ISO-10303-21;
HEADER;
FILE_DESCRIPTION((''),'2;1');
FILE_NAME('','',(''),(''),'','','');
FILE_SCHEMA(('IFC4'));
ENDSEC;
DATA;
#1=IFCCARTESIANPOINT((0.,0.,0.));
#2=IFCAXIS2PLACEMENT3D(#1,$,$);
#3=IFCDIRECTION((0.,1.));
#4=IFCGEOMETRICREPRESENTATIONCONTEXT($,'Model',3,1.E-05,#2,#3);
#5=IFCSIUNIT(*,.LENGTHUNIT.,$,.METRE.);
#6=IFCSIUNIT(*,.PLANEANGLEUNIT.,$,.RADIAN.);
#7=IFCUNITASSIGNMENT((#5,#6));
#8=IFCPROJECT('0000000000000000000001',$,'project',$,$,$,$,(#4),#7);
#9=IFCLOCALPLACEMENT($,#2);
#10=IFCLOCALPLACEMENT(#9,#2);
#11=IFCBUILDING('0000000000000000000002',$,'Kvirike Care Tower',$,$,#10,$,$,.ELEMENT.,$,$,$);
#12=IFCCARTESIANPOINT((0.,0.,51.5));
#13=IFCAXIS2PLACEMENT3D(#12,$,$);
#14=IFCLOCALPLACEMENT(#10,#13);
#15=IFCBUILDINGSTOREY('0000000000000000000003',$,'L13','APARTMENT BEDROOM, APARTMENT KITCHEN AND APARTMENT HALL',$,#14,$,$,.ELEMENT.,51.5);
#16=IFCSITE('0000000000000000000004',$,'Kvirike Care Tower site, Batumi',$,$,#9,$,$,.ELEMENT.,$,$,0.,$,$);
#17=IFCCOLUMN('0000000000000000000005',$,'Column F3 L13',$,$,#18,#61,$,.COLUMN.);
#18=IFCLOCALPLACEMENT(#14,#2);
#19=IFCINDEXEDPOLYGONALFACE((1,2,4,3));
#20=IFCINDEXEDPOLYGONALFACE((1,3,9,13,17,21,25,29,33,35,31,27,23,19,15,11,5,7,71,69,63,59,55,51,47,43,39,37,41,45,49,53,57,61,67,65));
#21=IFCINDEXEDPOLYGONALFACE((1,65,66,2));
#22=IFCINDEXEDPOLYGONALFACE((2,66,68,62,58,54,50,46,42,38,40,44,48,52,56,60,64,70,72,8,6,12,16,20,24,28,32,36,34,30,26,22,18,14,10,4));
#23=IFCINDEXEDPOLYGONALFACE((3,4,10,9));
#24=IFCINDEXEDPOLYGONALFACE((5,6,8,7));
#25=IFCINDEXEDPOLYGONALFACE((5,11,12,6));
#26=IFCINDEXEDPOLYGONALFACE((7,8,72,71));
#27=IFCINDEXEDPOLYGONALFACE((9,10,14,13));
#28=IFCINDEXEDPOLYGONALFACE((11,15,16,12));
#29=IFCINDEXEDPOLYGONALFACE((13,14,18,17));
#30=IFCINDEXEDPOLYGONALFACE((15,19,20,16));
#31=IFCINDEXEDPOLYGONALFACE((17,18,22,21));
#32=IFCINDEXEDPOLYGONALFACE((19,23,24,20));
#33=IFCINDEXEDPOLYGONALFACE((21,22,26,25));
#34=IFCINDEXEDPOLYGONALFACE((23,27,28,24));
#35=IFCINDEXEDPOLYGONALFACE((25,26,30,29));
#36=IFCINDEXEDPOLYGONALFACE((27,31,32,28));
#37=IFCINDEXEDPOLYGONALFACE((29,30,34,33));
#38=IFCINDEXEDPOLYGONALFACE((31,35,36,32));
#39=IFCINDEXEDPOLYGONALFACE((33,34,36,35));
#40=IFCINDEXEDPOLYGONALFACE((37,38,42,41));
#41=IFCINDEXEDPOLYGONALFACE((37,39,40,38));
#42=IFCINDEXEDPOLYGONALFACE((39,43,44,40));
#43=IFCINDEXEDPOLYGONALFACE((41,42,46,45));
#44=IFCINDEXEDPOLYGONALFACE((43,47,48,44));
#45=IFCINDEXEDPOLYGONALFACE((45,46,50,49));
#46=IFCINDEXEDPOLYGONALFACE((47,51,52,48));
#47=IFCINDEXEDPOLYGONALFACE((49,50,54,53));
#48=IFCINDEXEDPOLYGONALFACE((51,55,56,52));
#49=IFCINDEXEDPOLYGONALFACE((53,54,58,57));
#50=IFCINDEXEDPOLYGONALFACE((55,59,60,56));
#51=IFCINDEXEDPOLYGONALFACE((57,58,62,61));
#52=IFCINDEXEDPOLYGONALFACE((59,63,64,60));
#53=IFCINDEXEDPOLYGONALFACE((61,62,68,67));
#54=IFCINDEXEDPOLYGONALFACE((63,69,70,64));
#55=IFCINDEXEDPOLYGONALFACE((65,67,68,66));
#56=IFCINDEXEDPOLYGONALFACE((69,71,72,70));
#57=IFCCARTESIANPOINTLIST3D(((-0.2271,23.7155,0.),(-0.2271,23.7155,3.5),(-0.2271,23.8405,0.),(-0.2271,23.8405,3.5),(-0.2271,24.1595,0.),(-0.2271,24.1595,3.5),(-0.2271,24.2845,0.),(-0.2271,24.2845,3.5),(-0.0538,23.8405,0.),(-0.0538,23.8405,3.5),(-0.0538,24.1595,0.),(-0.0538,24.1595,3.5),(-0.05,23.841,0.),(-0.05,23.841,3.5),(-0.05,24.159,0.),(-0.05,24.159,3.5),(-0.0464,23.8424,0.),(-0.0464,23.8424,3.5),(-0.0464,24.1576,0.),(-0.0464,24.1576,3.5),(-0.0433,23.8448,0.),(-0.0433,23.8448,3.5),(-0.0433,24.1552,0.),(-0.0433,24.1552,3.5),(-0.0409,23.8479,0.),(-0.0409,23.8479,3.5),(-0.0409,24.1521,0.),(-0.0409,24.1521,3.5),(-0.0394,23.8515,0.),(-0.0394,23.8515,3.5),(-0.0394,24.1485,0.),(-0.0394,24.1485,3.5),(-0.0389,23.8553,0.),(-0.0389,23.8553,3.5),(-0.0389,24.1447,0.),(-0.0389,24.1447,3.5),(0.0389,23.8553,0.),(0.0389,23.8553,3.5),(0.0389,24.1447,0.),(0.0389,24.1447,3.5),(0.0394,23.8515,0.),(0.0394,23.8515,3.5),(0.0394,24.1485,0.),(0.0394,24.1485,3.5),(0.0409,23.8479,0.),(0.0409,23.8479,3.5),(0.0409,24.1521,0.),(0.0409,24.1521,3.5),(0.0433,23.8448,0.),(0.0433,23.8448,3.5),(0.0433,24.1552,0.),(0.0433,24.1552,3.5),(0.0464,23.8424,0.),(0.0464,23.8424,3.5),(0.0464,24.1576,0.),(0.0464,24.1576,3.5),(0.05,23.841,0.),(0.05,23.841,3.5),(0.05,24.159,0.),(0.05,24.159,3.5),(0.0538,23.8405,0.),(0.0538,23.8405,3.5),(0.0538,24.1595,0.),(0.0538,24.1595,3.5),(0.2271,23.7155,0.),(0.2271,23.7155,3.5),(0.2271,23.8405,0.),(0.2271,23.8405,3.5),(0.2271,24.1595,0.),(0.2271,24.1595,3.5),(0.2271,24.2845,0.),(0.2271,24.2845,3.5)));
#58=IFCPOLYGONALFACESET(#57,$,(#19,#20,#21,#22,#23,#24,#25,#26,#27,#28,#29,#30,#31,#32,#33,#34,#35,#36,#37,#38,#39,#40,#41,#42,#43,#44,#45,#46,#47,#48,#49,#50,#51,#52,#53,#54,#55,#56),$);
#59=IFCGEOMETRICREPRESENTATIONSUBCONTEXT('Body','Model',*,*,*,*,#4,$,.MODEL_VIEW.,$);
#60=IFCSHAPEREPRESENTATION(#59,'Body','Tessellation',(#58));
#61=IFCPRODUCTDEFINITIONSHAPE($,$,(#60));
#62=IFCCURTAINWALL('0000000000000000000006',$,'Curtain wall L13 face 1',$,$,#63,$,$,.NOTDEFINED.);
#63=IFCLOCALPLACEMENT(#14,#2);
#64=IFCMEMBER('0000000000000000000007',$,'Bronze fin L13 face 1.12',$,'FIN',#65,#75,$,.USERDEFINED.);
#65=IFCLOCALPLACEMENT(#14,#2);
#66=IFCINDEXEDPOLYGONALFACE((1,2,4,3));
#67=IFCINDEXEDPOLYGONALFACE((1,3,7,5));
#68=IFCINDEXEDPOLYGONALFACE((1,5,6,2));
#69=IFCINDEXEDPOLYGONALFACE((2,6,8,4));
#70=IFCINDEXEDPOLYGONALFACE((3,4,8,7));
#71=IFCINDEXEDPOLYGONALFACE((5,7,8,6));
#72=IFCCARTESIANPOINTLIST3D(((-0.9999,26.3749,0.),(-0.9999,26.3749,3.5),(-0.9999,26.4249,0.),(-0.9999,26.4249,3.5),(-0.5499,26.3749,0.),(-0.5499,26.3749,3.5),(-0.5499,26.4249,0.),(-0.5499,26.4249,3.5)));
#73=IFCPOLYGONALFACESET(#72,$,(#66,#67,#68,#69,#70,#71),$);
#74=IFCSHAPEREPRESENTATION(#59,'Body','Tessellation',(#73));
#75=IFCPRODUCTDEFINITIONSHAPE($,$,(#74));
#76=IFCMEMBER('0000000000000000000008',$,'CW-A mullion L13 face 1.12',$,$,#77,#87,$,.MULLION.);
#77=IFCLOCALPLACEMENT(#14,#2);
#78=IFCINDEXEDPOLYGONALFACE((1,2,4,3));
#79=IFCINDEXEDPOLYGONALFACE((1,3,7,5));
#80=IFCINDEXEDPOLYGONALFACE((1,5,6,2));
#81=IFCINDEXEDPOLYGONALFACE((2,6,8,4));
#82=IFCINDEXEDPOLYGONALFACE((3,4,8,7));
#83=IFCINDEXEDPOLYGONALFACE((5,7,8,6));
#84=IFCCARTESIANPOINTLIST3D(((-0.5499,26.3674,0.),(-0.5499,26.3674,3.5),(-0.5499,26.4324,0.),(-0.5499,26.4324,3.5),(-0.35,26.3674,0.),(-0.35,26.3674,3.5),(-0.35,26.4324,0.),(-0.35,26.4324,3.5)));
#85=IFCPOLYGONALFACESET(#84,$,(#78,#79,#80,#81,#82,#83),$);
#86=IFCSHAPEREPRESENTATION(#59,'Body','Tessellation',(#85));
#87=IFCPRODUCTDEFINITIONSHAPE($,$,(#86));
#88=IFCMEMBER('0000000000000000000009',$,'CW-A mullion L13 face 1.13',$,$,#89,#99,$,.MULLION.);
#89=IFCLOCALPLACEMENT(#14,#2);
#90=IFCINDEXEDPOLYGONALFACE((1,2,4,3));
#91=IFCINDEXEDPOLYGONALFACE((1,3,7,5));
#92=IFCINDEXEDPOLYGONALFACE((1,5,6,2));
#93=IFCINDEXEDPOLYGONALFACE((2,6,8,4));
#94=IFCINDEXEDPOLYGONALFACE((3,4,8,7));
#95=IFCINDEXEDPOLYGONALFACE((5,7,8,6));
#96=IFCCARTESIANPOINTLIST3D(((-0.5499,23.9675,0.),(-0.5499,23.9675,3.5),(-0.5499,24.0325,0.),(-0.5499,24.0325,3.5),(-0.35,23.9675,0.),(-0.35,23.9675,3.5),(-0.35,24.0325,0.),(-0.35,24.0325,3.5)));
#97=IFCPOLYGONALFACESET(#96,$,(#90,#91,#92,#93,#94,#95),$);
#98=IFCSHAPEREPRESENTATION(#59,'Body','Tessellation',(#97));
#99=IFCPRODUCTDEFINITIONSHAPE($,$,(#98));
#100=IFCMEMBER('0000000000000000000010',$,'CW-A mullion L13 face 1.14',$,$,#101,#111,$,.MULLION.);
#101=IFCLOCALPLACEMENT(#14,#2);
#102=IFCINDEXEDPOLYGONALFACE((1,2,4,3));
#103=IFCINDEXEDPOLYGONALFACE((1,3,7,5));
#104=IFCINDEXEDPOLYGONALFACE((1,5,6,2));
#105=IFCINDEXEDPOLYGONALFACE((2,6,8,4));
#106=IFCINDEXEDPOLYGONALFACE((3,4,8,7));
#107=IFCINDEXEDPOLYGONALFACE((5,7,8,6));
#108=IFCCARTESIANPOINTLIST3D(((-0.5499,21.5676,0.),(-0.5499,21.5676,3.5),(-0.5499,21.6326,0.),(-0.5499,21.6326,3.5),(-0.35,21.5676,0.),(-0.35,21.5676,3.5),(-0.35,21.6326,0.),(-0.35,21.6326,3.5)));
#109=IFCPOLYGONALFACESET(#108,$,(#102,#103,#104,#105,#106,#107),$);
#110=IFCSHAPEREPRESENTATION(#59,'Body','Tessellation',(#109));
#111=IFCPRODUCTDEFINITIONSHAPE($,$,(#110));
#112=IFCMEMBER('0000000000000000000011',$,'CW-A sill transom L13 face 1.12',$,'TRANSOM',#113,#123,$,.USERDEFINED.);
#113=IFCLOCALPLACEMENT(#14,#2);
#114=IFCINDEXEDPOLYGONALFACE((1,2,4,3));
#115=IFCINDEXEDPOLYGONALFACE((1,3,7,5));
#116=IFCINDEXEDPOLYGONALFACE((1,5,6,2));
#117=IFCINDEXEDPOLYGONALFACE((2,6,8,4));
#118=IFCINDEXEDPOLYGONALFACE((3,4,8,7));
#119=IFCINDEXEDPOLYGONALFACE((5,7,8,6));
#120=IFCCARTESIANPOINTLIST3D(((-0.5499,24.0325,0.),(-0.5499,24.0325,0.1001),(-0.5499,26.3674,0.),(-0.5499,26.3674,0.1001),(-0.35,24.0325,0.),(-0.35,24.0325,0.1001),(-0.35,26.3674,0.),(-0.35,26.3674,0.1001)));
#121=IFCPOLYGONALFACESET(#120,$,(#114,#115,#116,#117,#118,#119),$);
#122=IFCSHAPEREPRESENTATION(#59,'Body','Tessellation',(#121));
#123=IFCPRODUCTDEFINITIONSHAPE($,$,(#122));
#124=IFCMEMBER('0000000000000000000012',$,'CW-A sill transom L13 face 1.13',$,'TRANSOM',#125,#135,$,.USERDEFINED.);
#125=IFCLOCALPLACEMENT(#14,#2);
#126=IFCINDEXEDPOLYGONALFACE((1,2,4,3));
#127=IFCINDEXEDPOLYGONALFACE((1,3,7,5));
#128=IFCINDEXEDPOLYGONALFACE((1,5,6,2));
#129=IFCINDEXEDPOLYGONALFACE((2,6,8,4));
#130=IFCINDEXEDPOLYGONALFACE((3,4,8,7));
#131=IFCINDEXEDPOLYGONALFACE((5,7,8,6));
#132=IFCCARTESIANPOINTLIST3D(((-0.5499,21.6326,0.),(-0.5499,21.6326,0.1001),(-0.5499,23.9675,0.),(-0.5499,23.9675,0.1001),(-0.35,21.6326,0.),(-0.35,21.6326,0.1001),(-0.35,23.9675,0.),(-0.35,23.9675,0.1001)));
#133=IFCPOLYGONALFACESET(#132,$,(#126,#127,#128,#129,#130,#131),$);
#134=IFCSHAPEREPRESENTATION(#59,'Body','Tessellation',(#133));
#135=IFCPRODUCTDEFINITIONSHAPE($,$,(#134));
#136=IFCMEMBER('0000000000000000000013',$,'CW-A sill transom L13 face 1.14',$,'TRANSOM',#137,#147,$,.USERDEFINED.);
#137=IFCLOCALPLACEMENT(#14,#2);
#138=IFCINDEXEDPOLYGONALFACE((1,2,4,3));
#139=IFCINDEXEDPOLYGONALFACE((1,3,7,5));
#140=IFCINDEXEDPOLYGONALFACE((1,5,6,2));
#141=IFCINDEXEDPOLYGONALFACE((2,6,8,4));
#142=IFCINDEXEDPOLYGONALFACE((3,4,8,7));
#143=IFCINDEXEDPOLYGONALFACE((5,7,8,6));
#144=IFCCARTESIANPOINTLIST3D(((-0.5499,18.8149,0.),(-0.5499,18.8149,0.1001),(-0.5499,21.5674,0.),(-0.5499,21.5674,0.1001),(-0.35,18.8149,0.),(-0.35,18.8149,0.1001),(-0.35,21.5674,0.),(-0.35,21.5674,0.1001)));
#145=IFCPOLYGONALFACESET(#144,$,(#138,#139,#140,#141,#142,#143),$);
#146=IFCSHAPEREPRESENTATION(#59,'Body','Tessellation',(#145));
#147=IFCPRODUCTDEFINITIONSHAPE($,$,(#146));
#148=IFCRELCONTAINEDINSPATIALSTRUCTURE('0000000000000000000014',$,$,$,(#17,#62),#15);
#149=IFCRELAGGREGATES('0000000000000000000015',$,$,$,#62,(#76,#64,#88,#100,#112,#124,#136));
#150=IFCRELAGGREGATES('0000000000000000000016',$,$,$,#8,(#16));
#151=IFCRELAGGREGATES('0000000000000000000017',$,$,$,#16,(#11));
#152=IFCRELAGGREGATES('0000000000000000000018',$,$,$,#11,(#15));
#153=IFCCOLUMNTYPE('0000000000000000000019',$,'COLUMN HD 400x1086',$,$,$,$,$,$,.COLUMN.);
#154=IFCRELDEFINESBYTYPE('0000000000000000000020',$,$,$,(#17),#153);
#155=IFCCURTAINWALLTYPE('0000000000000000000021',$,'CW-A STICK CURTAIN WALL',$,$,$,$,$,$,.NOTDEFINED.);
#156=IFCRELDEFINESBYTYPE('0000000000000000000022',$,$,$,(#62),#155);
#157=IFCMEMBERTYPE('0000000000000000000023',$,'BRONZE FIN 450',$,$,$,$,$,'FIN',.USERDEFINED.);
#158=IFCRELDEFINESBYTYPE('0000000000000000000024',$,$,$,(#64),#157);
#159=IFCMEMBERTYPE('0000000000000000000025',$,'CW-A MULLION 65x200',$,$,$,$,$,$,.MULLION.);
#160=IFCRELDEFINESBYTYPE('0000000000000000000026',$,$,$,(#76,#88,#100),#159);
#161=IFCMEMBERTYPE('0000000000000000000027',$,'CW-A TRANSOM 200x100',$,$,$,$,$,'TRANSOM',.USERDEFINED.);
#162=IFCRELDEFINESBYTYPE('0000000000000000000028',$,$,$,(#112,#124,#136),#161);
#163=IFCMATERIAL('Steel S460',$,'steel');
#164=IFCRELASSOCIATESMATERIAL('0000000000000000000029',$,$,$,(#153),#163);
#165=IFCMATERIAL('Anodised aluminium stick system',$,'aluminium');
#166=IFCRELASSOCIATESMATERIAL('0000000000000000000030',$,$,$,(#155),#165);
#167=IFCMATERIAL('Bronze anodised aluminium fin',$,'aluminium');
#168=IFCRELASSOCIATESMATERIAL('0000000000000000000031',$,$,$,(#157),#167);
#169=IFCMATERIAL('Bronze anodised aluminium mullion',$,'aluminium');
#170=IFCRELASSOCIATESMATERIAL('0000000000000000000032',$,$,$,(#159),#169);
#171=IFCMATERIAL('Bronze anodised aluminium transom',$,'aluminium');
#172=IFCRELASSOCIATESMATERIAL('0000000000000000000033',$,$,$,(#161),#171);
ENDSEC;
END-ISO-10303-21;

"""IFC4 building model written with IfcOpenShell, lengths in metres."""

from ifc_helpers import new_model, si_unit, direction, frame, origin, origin_2d, place, context, subcontext, project, spatial, rectangle, i_section, extrude, material, material_profile, profile_set, type_object, element, aggregate, save


model = new_model("IFC4")

# Units and contexts
model_context = context("Model", 3, precision=1e-05, world=origin(), true_north=direction((0.0, 1.0)))
body_context = subcontext(model_context, "Body", "Model", "MODEL_VIEW")
ifc_project = project(units=[si_unit("LENGTHUNIT", "METRE"), si_unit("PLANEANGLEUNIT", "RADIAN")], contexts=[model_context])

# Site, building, storey
site_placement = place(None, origin())
site = spatial("IfcSite", under=ifc_project, at=site_placement, Name="Kvirike Care Tower site, Batumi", CompositionType="ELEMENT", RefElevation=0.0)
building_placement = place(site_placement, origin())
building = spatial("IfcBuilding", under=site, at=building_placement, Name="Kvirike Care Tower", CompositionType="ELEMENT")
storey_placement = place(building_placement, frame((0.0, 0.0, 51.5)))
storey = spatial("IfcBuildingStorey", under=building, at=storey_placement, Name="L13", Description="APARTMENT BEDROOM, APARTMENT KITCHEN AND APARTMENT HALL", CompositionType="ELEMENT", Elevation=51.5)

# Column
ifc_material_1 = material(Name="Steel S460", Category="steel")
ifc_material_profile_1 = material_profile(ifc_material_1, i_section(OverallWidth=0.4541, OverallDepth=0.5691, WebThickness=0.0779, FlangeThickness=0.125, FilletRadius=0.0149, at=origin_2d()), Name="HD 400x1086")
ifc_profile_set_1 = profile_set([ifc_material_profile_1], Name="Steel S460")
column_type = type_object("IfcColumnType", Name="COLUMN HD 400x1086", PredefinedType="COLUMN", material=ifc_profile_set_1)
column_placement = place(storey_placement, frame((0.0, 24.0, 0.0), z_axis=(0.0, 0.0, 1.0), x_axis=(1.0, 0.0, 0.0)))
element("IfcColumn", 1, at=column_placement, inside=storey, type_object=column_type, Name="Column F3 L13", PredefinedType="COLUMN", context=body_context, shape_type="SweptSolid", body=[
    extrude(i_section(OverallWidth=0.4541, OverallDepth=0.5691, WebThickness=0.0779, FlangeThickness=0.125, FilletRadius=0.0149, at=origin_2d()), origin(), (0.0, 0.0, 1.0), 3.5),
])

# Curtain wall, members
ifc_material_2 = material(Name="Anodised aluminium stick system", Category="aluminium")
curtain_wall_type = type_object("IfcCurtainWallType", Name="CW-A STICK CURTAIN WALL", PredefinedType="NOTDEFINED", material=ifc_material_2)
curtain_wall_placement = place(storey_placement, origin())
curtain_wall = element("IfcCurtainWall", 2, at=curtain_wall_placement, inside=storey, type_object=curtain_wall_type, Name="Curtain wall L13 face 1", PredefinedType="NOTDEFINED")
ifc_material_3 = material(Name="Bronze anodised aluminium fin", Category="aluminium")
ifc_material_profile_2 = material_profile(ifc_material_3, rectangle(XDim=0.05, YDim=0.45, at=origin_2d()), Name="BRONZE FIN 450")
ifc_profile_set_2 = profile_set([ifc_material_profile_2], Name="Bronze anodised aluminium fin")
member_type_1 = type_object("IfcMemberType", Name="BRONZE FIN 450", ElementType="FIN", PredefinedType="USERDEFINED", material=ifc_profile_set_2)
member_1_placement = place(storey_placement, frame((-0.7749, 26.3999, 0.0), z_axis=(0.0, 0.0, 1.0), x_axis=(0.0, -1.0, 0.0)))
member_1 = element("IfcMember", 3, at=member_1_placement, type_object=member_type_1, Name="Bronze fin L13 face 1.12", ObjectType="FIN", PredefinedType="USERDEFINED", context=body_context, shape_type="SweptSolid", body=[
    extrude(rectangle(XDim=0.05, YDim=0.45, at=origin_2d()), origin(), (0.0, 0.0, 1.0), 3.5),
])
ifc_material_4 = material(Name="Bronze anodised aluminium mullion", Category="aluminium")
ifc_material_profile_3 = material_profile(ifc_material_4, rectangle(XDim=0.0649, YDim=0.2, at=origin_2d()), Name="CW-A MULLION 65x200")
ifc_profile_set_3 = profile_set([ifc_material_profile_3], Name="Bronze anodised aluminium mullion")
member_type_2 = type_object("IfcMemberType", Name="CW-A MULLION 65x200", PredefinedType="MULLION", material=ifc_profile_set_3)
member_2_placement = place(storey_placement, frame((-0.45, 26.3999, 0.0), z_axis=(0.0, 0.0, 1.0), x_axis=(0.0, -1.0, 0.0)))
member_2 = element("IfcMember", 4, at=member_2_placement, type_object=member_type_2, Name="CW-A mullion L13 face 1.12", PredefinedType="MULLION", context=body_context, shape_type="SweptSolid", body=[
    extrude(rectangle(XDim=0.0649, YDim=0.2, at=origin_2d()), origin(), (0.0, 0.0, 1.0), 3.5),
])
member_3_placement = place(storey_placement, frame((-0.45, 24.0, 0.0), z_axis=(0.0, 0.0, 1.0), x_axis=(0.0, -1.0, 0.0)))
member_3 = element("IfcMember", 5, at=member_3_placement, type_object=member_type_2, Name="CW-A mullion L13 face 1.13", PredefinedType="MULLION", context=body_context, shape_type="SweptSolid", body=[
    extrude(rectangle(XDim=0.0649, YDim=0.2, at=origin_2d()), origin(), (0.0, 0.0, 1.0), 3.5),
])
member_4_placement = place(storey_placement, frame((-0.45, 21.6001, 0.0), z_axis=(0.0, 0.0, 1.0), x_axis=(0.0, -1.0, 0.0)))
member_4 = element("IfcMember", 6, at=member_4_placement, type_object=member_type_2, Name="CW-A mullion L13 face 1.14", PredefinedType="MULLION", context=body_context, shape_type="SweptSolid", body=[
    extrude(rectangle(XDim=0.0649, YDim=0.2, at=origin_2d()), origin(), (0.0, 0.0, 1.0), 3.5),
])
ifc_material_5 = material(Name="Bronze anodised aluminium transom", Category="aluminium")
ifc_material_profile_4 = material_profile(ifc_material_5, rectangle(XDim=0.2, YDim=0.1001, at=origin_2d()), Name="CW-A TRANSOM 200x100")
ifc_profile_set_4 = profile_set([ifc_material_profile_4], Name="Bronze anodised aluminium transom")
member_type_3 = type_object("IfcMemberType", Name="CW-A TRANSOM 200x100", ElementType="TRANSOM", PredefinedType="USERDEFINED", material=ifc_profile_set_4)
member_5_placement = place(storey_placement, frame((-0.45, 26.3674, 0.05), z_axis=(0.0, -1.0, 0.0), x_axis=(1.0, 0.0, 0.0)))
member_5 = element("IfcMember", 7, at=member_5_placement, type_object=member_type_3, Name="CW-A sill transom L13 face 1.12", ObjectType="TRANSOM", PredefinedType="USERDEFINED", context=body_context, shape_type="SweptSolid", body=[
    extrude(rectangle(XDim=0.2, YDim=0.1001, at=origin_2d()), origin(), (0.0, 0.0, 1.0), 2.335),
])
member_6_placement = place(storey_placement, frame((-0.45, 23.9675, 0.05), z_axis=(0.0, -1.0, 0.0), x_axis=(1.0, 0.0, 0.0)))
member_6 = element("IfcMember", 8, at=member_6_placement, type_object=member_type_3, Name="CW-A sill transom L13 face 1.13", ObjectType="TRANSOM", PredefinedType="USERDEFINED", context=body_context, shape_type="SweptSolid", body=[
    extrude(rectangle(XDim=0.2, YDim=0.1001, at=origin_2d()), origin(), (0.0, 0.0, 1.0), 2.335),
])
member_7_placement = place(storey_placement, frame((-0.45, 21.5674, 0.05), z_axis=(0.0, -1.0, 0.0), x_axis=(1.0, 0.0, 0.0)))
member_7 = element("IfcMember", 9, at=member_7_placement, type_object=member_type_3, Name="CW-A sill transom L13 face 1.14", ObjectType="TRANSOM", PredefinedType="USERDEFINED", context=body_context, shape_type="SweptSolid", body=[
    extrude(rectangle(XDim=0.2, YDim=0.1001, at=origin_2d()), origin(), (0.0, 0.0, 1.0), 2.7524),
])

aggregate(curtain_wall, [member_2, member_1, member_3, member_4, member_5, member_6, member_7])

save(model, "model.ifc")
